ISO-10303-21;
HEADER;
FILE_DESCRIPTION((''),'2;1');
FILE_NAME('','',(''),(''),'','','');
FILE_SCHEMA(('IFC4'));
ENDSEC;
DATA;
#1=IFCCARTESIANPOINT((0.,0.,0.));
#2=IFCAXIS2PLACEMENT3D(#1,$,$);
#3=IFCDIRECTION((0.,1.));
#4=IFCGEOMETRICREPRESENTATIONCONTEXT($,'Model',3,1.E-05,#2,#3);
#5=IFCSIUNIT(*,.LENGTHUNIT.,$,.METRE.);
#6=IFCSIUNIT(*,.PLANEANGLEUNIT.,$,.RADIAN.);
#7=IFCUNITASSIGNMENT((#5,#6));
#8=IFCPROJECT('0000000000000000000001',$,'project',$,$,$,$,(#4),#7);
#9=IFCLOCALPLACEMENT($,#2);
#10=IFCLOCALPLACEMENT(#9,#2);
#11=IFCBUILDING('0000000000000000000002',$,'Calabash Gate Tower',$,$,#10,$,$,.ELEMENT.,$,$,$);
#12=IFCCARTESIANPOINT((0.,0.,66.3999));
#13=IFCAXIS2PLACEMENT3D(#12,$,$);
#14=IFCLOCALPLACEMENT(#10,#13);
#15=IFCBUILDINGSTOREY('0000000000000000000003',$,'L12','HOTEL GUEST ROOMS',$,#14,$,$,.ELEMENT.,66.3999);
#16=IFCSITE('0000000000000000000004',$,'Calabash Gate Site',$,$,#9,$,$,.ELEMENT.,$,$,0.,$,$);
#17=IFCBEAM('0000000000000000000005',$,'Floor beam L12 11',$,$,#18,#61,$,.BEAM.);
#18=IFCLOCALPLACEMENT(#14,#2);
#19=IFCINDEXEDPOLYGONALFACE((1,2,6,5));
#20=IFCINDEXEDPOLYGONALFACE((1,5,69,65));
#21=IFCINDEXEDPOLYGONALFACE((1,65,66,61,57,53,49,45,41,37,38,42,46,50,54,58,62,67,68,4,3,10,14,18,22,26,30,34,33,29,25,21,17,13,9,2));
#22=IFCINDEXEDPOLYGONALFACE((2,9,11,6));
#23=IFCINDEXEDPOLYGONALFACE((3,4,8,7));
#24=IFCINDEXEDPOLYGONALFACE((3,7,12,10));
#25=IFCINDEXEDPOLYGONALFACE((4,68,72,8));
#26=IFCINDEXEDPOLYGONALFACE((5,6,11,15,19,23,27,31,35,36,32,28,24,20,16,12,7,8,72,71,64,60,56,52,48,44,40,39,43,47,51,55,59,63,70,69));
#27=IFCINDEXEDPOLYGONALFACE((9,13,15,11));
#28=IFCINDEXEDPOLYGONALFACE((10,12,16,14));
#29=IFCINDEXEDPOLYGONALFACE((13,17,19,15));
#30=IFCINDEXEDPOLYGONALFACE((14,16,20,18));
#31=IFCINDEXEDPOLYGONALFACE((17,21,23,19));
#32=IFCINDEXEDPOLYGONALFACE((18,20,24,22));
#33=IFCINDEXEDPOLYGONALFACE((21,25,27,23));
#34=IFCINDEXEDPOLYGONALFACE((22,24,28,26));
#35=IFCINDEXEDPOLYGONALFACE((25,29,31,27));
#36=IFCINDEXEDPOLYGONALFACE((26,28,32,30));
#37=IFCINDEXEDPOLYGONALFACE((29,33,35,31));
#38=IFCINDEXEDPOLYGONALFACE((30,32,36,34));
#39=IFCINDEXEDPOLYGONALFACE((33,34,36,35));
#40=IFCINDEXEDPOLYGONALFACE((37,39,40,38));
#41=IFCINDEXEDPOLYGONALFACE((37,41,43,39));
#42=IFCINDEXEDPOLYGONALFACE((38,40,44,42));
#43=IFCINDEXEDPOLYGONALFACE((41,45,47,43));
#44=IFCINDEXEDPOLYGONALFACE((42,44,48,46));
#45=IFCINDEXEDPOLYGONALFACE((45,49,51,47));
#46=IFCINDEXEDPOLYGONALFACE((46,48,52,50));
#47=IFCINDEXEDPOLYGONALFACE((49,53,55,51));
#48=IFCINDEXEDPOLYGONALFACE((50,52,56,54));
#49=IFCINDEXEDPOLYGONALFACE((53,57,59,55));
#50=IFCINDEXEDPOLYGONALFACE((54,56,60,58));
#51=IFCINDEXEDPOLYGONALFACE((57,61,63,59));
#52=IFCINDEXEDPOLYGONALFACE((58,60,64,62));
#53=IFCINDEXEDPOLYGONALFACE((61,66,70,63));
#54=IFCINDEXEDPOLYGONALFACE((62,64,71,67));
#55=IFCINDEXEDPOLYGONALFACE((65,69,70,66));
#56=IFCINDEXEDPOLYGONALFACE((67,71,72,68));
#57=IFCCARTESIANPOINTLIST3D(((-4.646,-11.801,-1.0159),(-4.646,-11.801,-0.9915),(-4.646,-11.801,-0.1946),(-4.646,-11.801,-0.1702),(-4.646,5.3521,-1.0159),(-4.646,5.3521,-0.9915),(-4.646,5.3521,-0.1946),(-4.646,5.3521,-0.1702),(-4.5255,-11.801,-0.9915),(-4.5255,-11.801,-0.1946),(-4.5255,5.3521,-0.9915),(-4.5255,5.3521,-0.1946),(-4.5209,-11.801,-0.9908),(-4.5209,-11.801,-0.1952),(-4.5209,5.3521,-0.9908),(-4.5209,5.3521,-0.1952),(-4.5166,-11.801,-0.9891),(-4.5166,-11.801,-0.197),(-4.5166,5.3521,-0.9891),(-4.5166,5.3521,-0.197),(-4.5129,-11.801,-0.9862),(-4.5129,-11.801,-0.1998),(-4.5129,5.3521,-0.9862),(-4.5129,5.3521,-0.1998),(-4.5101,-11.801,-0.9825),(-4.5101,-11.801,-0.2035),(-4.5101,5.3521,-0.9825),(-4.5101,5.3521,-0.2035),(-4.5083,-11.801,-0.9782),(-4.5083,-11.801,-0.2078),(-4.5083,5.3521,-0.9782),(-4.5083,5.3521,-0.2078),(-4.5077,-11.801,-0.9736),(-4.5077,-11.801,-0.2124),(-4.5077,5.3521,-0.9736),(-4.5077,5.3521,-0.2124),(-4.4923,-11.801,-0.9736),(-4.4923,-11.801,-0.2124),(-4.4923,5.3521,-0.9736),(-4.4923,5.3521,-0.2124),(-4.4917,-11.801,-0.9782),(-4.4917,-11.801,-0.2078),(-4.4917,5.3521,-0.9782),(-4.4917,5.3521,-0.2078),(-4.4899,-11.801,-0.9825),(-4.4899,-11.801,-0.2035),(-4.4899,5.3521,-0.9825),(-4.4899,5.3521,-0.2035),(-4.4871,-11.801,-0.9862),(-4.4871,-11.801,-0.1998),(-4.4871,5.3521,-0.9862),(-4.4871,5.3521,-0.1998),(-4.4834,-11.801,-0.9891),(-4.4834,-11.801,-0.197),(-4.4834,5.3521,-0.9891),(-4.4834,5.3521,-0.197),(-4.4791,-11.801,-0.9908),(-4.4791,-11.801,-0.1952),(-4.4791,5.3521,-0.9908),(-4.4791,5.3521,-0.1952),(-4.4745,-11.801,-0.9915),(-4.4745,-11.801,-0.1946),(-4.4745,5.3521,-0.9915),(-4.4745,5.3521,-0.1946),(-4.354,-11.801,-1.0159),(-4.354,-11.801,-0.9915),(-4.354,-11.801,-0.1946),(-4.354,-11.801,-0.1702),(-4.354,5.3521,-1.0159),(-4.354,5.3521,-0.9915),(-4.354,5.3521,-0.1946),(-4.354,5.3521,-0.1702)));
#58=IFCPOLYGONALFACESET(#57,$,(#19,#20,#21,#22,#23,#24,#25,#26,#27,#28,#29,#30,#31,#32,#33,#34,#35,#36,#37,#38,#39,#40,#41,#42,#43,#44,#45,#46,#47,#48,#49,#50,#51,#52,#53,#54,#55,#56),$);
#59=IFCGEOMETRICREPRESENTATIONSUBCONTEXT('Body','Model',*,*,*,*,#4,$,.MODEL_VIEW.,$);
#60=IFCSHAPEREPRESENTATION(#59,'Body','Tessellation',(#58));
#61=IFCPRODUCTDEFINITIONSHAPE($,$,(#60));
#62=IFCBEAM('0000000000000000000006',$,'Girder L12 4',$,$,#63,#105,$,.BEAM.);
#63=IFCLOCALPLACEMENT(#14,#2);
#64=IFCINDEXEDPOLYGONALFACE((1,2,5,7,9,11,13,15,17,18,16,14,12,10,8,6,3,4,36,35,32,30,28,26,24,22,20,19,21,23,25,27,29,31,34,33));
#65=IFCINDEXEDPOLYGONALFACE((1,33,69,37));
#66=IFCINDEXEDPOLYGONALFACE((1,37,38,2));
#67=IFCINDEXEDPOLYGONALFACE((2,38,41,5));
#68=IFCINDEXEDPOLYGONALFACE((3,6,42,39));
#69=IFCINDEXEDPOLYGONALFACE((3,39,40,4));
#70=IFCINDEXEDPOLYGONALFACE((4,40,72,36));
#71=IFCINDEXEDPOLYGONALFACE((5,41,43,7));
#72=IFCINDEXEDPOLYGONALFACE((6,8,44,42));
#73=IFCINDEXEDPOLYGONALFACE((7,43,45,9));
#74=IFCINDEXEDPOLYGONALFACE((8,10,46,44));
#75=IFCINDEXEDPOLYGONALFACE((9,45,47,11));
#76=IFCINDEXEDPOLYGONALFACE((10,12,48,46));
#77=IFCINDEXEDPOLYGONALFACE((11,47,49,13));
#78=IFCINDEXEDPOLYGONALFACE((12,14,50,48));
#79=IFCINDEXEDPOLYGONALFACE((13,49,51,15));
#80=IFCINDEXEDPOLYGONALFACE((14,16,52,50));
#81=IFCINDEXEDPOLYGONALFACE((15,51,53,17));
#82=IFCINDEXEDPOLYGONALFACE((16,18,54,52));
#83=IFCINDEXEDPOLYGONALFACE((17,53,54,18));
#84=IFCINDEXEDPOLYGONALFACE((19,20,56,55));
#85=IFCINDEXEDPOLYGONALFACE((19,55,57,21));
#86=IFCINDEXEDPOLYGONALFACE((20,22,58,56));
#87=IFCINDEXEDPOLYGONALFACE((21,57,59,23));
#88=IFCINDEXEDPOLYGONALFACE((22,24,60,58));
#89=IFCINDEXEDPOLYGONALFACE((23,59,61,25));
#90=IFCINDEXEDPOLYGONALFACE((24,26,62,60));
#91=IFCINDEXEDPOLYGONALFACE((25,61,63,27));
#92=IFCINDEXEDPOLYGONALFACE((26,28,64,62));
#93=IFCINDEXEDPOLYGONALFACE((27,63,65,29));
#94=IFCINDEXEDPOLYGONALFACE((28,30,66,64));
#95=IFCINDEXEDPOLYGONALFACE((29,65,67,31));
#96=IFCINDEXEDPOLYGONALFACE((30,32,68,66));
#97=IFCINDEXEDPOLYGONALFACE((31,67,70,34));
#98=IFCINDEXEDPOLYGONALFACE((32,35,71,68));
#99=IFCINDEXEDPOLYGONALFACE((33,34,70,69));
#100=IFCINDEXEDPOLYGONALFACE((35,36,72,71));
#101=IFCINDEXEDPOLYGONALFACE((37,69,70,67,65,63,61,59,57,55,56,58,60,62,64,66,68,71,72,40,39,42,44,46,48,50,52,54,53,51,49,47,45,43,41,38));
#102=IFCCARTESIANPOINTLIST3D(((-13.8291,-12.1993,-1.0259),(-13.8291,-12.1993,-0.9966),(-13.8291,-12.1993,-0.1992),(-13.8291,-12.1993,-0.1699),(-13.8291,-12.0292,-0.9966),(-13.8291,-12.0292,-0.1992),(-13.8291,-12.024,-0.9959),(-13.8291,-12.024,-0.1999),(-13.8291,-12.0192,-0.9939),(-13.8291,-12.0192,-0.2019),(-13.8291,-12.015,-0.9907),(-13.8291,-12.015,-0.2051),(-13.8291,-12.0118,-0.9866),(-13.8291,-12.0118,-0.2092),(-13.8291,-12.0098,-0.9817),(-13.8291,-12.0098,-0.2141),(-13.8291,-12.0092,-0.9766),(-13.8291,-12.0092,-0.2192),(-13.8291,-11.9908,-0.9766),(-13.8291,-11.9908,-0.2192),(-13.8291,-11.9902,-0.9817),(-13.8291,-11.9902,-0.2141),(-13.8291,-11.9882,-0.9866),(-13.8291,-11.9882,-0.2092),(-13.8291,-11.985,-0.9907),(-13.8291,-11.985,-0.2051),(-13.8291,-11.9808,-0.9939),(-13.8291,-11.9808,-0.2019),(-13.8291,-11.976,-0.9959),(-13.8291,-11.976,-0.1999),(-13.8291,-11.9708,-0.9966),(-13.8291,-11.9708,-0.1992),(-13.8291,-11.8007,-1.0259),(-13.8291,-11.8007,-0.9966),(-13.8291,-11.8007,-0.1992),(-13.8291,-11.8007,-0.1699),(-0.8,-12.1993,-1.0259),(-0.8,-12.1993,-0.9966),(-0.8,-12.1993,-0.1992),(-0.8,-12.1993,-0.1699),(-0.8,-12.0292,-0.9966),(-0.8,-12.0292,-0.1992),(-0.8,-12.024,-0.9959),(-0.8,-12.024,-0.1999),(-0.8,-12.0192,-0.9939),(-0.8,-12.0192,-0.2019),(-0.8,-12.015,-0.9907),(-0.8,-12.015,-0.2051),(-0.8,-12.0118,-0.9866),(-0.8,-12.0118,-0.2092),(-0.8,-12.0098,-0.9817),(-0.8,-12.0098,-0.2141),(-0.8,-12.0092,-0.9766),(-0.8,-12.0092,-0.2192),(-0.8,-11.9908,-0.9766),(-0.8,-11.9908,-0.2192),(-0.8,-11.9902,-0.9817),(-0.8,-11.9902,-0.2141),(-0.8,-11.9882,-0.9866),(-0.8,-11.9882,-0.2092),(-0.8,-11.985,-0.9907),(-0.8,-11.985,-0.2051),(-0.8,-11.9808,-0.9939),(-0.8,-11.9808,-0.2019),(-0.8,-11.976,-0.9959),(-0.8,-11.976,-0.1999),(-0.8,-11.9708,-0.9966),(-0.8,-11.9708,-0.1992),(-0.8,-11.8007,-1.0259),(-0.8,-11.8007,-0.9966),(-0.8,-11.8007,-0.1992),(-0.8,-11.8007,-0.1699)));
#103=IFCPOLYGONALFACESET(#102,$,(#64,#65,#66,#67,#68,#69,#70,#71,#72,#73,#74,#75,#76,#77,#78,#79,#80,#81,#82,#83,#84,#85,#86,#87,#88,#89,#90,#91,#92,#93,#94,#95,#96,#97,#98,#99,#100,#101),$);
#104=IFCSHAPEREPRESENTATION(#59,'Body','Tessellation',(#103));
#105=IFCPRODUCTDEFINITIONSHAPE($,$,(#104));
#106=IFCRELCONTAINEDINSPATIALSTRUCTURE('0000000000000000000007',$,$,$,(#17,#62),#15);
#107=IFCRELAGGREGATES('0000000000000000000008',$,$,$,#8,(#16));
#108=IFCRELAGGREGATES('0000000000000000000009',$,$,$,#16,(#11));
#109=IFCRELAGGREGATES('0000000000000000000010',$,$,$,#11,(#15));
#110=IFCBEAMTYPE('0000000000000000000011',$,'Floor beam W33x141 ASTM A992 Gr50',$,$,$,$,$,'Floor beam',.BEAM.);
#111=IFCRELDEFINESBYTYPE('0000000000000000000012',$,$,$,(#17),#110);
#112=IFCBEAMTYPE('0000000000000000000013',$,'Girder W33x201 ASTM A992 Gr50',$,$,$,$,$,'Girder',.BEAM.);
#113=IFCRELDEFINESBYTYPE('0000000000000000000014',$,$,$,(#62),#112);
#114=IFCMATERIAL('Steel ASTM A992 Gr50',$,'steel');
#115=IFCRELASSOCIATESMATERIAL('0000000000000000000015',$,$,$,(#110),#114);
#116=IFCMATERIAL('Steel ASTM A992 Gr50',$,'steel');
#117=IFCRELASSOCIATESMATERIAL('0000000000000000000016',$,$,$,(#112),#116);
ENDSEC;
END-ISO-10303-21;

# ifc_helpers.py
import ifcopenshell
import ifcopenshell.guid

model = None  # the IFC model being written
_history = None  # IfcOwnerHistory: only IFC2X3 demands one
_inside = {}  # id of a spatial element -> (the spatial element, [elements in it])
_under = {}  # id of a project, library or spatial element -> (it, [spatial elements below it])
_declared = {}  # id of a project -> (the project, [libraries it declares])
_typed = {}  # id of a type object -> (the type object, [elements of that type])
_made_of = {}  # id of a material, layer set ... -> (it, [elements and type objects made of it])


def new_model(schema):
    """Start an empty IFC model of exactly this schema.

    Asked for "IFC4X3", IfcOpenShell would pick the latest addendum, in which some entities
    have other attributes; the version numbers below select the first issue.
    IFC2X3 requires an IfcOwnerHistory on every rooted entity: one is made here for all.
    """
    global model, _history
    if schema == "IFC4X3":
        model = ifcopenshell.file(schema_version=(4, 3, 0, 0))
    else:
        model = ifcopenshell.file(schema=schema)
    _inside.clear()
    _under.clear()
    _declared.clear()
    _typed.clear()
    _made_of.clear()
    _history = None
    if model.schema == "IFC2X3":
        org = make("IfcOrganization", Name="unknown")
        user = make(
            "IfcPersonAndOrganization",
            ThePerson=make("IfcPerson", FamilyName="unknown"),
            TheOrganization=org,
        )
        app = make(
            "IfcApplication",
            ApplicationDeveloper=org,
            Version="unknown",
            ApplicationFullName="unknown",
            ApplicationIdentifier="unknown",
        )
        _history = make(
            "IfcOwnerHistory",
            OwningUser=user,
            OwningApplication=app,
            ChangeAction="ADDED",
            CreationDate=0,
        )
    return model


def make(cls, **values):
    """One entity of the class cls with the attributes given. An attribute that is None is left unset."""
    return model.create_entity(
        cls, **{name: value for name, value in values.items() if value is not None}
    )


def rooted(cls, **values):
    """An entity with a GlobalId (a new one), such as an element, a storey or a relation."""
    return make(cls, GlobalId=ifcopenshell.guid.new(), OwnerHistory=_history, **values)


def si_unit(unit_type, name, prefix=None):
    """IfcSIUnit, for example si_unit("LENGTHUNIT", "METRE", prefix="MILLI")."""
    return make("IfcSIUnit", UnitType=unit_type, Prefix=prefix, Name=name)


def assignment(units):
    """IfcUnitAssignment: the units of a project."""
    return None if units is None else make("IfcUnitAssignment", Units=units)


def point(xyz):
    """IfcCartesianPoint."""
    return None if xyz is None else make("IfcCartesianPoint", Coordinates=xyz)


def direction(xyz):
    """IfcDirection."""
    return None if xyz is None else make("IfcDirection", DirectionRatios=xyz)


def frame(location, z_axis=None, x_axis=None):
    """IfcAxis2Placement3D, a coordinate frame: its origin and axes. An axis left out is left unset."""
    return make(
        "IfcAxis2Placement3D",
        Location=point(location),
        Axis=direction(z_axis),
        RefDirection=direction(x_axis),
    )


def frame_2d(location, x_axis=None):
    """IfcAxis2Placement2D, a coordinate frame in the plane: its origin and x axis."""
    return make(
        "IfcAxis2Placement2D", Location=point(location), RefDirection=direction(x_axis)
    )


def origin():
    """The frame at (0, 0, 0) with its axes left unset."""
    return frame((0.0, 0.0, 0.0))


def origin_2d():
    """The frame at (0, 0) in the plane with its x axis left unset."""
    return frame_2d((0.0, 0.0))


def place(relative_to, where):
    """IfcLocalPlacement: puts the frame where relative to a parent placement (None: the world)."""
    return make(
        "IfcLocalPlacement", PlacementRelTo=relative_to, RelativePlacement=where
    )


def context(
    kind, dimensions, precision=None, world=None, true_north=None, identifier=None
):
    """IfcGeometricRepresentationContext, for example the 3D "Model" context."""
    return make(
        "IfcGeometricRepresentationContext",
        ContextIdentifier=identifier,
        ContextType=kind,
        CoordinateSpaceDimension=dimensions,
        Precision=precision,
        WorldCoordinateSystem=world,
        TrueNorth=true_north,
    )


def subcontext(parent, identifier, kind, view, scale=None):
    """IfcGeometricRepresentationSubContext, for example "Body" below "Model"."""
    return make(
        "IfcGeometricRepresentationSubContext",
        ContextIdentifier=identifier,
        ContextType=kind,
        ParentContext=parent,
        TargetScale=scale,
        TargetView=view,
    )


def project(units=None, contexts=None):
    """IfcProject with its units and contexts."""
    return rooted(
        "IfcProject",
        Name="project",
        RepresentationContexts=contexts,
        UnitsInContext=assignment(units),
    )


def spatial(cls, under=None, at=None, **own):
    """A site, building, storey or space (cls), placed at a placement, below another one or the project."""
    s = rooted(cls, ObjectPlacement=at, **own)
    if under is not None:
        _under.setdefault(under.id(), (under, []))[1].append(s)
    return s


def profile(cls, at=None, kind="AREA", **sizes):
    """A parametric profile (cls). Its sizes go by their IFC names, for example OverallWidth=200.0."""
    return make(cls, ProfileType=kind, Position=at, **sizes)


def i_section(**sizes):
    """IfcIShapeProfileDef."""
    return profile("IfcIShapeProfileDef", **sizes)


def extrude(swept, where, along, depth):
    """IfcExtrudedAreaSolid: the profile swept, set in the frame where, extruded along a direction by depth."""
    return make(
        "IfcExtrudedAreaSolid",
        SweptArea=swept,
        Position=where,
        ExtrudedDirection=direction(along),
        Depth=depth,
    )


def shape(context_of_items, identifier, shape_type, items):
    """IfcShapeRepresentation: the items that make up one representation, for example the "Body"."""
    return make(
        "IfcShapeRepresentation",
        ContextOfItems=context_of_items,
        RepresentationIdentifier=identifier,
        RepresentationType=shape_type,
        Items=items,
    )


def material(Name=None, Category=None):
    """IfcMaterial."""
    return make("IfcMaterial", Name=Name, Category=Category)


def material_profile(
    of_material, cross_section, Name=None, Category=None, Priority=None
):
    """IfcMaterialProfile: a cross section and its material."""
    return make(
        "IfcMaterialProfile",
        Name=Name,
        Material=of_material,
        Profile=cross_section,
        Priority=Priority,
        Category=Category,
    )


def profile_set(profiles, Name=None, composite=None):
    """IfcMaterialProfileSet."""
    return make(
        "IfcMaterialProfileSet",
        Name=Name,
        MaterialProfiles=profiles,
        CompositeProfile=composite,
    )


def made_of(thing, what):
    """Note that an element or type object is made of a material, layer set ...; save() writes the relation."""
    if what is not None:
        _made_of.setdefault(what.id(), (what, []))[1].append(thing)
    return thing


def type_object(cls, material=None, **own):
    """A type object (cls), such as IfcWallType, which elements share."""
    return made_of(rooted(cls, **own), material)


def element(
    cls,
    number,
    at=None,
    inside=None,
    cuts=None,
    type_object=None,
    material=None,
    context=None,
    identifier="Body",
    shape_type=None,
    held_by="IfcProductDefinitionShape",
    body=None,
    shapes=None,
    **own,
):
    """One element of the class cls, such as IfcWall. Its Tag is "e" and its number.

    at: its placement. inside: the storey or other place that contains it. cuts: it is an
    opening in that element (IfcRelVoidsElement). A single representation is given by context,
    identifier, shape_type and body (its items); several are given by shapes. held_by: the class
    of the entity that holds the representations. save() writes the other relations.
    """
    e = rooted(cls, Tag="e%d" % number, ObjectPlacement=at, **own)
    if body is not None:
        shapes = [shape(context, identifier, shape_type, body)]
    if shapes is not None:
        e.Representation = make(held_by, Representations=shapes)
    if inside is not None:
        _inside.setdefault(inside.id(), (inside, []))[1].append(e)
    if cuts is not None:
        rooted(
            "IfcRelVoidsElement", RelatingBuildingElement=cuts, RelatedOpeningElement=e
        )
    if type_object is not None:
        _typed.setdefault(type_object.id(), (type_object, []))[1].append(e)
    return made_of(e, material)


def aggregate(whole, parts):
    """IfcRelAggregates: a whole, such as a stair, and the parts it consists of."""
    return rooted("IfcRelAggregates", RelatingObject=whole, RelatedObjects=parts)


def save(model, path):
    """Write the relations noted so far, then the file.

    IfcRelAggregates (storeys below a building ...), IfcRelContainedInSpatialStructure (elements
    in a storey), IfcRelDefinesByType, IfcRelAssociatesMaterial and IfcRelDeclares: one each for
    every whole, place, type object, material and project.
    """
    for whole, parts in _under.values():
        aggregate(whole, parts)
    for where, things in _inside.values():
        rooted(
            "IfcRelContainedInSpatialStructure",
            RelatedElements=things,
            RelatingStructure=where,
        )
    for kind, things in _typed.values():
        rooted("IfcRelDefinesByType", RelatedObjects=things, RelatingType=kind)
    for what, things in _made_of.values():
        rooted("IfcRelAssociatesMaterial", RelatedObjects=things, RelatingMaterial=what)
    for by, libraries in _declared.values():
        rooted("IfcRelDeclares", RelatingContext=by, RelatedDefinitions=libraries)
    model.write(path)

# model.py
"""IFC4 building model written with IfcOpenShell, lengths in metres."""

from ifc_helpers import new_model, si_unit, direction, frame, origin, origin_2d, place, context, subcontext, project, spatial, i_section, extrude, material, material_profile, profile_set, type_object, element, save


model = new_model("IFC4")

# Units and contexts
model_context = context("Model", 3, precision=1e-05, world=origin(), true_north=direction((0.0, 1.0)))
body_context = subcontext(model_context, "Body", "Model", "MODEL_VIEW")
ifc_project = project(units=[si_unit("LENGTHUNIT", "METRE"), si_unit("PLANEANGLEUNIT", "RADIAN")], contexts=[model_context])

# Site, building, storey
site_placement = place(None, origin())
site = spatial("IfcSite", under=ifc_project, at=site_placement, Name="Calabash Gate Site", CompositionType="ELEMENT", RefElevation=0.0)
building_placement = place(site_placement, origin())
building = spatial("IfcBuilding", under=site, at=building_placement, Name="Calabash Gate Tower", CompositionType="ELEMENT")
storey_placement = place(building_placement, frame((0.0, 0.0, 66.3999)))
storey = spatial("IfcBuildingStorey", under=building, at=storey_placement, Name="L12", Description="HOTEL GUEST ROOMS", CompositionType="ELEMENT", Elevation=66.3999)

# Beams
ifc_material_1 = material(Name="Steel ASTM A992 Gr50", Category="steel")
ifc_material_profile_1 = material_profile(ifc_material_1, i_section(OverallWidth=0.292, OverallDepth=0.8457, WebThickness=0.0154, FlangeThickness=0.0244, FilletRadius=0.0178, at=origin_2d()))
ifc_profile_set_1 = profile_set([ifc_material_profile_1], Name="Steel ASTM A992 Gr50")
beam_type_1 = type_object("IfcBeamType", Name="Floor beam W33x141 ASTM A992 Gr50", ElementType="Floor beam", PredefinedType="BEAM", material=ifc_profile_set_1)
beam_1_placement = place(storey_placement, frame((-4.5, -11.801, -0.593), z_axis=(0.0, 1.0, 0.0), x_axis=(-1.0, 0.0, 0.0)))
element("IfcBeam", 1, at=beam_1_placement, inside=storey, type_object=beam_type_1, Name="Floor beam L12 11", PredefinedType="BEAM", context=body_context, shape_type="SweptSolid", body=[
    extrude(i_section(OverallWidth=0.292, OverallDepth=0.8457, WebThickness=0.0154, FlangeThickness=0.0244, FilletRadius=0.0178, at=origin_2d()), origin(), (0.0, 0.0, 1.0), 17.1531),
])
ifc_material_2 = material(Name="Steel ASTM A992 Gr50", Category="steel")
ifc_material_profile_2 = material_profile(ifc_material_2, i_section(OverallWidth=0.3987, OverallDepth=0.856, WebThickness=0.0183, FlangeThickness=0.0293, FilletRadius=0.02, at=origin_2d()))
ifc_profile_set_2 = profile_set([ifc_material_profile_2], Name="Steel ASTM A992 Gr50")
beam_type_2 = type_object("IfcBeamType", Name="Girder W33x201 ASTM A992 Gr50", ElementType="Girder", PredefinedType="BEAM", material=ifc_profile_set_2)
beam_2_placement = place(storey_placement, frame((-13.8291, -12.0, -0.5979), z_axis=(1.0, 0.0, 0.0), x_axis=(0.0, 1.0, 0.0)))
element("IfcBeam", 2, at=beam_2_placement, inside=storey, type_object=beam_type_2, Name="Girder L12 4", PredefinedType="BEAM", context=body_context, shape_type="SweptSolid", body=[
    extrude(i_section(OverallWidth=0.3987, OverallDepth=0.856, WebThickness=0.0183, FlangeThickness=0.0293, FilletRadius=0.02, at=origin_2d()), origin(), (0.0, 0.0, 1.0), 13.0291),
])

save(model, "model.ifc")
